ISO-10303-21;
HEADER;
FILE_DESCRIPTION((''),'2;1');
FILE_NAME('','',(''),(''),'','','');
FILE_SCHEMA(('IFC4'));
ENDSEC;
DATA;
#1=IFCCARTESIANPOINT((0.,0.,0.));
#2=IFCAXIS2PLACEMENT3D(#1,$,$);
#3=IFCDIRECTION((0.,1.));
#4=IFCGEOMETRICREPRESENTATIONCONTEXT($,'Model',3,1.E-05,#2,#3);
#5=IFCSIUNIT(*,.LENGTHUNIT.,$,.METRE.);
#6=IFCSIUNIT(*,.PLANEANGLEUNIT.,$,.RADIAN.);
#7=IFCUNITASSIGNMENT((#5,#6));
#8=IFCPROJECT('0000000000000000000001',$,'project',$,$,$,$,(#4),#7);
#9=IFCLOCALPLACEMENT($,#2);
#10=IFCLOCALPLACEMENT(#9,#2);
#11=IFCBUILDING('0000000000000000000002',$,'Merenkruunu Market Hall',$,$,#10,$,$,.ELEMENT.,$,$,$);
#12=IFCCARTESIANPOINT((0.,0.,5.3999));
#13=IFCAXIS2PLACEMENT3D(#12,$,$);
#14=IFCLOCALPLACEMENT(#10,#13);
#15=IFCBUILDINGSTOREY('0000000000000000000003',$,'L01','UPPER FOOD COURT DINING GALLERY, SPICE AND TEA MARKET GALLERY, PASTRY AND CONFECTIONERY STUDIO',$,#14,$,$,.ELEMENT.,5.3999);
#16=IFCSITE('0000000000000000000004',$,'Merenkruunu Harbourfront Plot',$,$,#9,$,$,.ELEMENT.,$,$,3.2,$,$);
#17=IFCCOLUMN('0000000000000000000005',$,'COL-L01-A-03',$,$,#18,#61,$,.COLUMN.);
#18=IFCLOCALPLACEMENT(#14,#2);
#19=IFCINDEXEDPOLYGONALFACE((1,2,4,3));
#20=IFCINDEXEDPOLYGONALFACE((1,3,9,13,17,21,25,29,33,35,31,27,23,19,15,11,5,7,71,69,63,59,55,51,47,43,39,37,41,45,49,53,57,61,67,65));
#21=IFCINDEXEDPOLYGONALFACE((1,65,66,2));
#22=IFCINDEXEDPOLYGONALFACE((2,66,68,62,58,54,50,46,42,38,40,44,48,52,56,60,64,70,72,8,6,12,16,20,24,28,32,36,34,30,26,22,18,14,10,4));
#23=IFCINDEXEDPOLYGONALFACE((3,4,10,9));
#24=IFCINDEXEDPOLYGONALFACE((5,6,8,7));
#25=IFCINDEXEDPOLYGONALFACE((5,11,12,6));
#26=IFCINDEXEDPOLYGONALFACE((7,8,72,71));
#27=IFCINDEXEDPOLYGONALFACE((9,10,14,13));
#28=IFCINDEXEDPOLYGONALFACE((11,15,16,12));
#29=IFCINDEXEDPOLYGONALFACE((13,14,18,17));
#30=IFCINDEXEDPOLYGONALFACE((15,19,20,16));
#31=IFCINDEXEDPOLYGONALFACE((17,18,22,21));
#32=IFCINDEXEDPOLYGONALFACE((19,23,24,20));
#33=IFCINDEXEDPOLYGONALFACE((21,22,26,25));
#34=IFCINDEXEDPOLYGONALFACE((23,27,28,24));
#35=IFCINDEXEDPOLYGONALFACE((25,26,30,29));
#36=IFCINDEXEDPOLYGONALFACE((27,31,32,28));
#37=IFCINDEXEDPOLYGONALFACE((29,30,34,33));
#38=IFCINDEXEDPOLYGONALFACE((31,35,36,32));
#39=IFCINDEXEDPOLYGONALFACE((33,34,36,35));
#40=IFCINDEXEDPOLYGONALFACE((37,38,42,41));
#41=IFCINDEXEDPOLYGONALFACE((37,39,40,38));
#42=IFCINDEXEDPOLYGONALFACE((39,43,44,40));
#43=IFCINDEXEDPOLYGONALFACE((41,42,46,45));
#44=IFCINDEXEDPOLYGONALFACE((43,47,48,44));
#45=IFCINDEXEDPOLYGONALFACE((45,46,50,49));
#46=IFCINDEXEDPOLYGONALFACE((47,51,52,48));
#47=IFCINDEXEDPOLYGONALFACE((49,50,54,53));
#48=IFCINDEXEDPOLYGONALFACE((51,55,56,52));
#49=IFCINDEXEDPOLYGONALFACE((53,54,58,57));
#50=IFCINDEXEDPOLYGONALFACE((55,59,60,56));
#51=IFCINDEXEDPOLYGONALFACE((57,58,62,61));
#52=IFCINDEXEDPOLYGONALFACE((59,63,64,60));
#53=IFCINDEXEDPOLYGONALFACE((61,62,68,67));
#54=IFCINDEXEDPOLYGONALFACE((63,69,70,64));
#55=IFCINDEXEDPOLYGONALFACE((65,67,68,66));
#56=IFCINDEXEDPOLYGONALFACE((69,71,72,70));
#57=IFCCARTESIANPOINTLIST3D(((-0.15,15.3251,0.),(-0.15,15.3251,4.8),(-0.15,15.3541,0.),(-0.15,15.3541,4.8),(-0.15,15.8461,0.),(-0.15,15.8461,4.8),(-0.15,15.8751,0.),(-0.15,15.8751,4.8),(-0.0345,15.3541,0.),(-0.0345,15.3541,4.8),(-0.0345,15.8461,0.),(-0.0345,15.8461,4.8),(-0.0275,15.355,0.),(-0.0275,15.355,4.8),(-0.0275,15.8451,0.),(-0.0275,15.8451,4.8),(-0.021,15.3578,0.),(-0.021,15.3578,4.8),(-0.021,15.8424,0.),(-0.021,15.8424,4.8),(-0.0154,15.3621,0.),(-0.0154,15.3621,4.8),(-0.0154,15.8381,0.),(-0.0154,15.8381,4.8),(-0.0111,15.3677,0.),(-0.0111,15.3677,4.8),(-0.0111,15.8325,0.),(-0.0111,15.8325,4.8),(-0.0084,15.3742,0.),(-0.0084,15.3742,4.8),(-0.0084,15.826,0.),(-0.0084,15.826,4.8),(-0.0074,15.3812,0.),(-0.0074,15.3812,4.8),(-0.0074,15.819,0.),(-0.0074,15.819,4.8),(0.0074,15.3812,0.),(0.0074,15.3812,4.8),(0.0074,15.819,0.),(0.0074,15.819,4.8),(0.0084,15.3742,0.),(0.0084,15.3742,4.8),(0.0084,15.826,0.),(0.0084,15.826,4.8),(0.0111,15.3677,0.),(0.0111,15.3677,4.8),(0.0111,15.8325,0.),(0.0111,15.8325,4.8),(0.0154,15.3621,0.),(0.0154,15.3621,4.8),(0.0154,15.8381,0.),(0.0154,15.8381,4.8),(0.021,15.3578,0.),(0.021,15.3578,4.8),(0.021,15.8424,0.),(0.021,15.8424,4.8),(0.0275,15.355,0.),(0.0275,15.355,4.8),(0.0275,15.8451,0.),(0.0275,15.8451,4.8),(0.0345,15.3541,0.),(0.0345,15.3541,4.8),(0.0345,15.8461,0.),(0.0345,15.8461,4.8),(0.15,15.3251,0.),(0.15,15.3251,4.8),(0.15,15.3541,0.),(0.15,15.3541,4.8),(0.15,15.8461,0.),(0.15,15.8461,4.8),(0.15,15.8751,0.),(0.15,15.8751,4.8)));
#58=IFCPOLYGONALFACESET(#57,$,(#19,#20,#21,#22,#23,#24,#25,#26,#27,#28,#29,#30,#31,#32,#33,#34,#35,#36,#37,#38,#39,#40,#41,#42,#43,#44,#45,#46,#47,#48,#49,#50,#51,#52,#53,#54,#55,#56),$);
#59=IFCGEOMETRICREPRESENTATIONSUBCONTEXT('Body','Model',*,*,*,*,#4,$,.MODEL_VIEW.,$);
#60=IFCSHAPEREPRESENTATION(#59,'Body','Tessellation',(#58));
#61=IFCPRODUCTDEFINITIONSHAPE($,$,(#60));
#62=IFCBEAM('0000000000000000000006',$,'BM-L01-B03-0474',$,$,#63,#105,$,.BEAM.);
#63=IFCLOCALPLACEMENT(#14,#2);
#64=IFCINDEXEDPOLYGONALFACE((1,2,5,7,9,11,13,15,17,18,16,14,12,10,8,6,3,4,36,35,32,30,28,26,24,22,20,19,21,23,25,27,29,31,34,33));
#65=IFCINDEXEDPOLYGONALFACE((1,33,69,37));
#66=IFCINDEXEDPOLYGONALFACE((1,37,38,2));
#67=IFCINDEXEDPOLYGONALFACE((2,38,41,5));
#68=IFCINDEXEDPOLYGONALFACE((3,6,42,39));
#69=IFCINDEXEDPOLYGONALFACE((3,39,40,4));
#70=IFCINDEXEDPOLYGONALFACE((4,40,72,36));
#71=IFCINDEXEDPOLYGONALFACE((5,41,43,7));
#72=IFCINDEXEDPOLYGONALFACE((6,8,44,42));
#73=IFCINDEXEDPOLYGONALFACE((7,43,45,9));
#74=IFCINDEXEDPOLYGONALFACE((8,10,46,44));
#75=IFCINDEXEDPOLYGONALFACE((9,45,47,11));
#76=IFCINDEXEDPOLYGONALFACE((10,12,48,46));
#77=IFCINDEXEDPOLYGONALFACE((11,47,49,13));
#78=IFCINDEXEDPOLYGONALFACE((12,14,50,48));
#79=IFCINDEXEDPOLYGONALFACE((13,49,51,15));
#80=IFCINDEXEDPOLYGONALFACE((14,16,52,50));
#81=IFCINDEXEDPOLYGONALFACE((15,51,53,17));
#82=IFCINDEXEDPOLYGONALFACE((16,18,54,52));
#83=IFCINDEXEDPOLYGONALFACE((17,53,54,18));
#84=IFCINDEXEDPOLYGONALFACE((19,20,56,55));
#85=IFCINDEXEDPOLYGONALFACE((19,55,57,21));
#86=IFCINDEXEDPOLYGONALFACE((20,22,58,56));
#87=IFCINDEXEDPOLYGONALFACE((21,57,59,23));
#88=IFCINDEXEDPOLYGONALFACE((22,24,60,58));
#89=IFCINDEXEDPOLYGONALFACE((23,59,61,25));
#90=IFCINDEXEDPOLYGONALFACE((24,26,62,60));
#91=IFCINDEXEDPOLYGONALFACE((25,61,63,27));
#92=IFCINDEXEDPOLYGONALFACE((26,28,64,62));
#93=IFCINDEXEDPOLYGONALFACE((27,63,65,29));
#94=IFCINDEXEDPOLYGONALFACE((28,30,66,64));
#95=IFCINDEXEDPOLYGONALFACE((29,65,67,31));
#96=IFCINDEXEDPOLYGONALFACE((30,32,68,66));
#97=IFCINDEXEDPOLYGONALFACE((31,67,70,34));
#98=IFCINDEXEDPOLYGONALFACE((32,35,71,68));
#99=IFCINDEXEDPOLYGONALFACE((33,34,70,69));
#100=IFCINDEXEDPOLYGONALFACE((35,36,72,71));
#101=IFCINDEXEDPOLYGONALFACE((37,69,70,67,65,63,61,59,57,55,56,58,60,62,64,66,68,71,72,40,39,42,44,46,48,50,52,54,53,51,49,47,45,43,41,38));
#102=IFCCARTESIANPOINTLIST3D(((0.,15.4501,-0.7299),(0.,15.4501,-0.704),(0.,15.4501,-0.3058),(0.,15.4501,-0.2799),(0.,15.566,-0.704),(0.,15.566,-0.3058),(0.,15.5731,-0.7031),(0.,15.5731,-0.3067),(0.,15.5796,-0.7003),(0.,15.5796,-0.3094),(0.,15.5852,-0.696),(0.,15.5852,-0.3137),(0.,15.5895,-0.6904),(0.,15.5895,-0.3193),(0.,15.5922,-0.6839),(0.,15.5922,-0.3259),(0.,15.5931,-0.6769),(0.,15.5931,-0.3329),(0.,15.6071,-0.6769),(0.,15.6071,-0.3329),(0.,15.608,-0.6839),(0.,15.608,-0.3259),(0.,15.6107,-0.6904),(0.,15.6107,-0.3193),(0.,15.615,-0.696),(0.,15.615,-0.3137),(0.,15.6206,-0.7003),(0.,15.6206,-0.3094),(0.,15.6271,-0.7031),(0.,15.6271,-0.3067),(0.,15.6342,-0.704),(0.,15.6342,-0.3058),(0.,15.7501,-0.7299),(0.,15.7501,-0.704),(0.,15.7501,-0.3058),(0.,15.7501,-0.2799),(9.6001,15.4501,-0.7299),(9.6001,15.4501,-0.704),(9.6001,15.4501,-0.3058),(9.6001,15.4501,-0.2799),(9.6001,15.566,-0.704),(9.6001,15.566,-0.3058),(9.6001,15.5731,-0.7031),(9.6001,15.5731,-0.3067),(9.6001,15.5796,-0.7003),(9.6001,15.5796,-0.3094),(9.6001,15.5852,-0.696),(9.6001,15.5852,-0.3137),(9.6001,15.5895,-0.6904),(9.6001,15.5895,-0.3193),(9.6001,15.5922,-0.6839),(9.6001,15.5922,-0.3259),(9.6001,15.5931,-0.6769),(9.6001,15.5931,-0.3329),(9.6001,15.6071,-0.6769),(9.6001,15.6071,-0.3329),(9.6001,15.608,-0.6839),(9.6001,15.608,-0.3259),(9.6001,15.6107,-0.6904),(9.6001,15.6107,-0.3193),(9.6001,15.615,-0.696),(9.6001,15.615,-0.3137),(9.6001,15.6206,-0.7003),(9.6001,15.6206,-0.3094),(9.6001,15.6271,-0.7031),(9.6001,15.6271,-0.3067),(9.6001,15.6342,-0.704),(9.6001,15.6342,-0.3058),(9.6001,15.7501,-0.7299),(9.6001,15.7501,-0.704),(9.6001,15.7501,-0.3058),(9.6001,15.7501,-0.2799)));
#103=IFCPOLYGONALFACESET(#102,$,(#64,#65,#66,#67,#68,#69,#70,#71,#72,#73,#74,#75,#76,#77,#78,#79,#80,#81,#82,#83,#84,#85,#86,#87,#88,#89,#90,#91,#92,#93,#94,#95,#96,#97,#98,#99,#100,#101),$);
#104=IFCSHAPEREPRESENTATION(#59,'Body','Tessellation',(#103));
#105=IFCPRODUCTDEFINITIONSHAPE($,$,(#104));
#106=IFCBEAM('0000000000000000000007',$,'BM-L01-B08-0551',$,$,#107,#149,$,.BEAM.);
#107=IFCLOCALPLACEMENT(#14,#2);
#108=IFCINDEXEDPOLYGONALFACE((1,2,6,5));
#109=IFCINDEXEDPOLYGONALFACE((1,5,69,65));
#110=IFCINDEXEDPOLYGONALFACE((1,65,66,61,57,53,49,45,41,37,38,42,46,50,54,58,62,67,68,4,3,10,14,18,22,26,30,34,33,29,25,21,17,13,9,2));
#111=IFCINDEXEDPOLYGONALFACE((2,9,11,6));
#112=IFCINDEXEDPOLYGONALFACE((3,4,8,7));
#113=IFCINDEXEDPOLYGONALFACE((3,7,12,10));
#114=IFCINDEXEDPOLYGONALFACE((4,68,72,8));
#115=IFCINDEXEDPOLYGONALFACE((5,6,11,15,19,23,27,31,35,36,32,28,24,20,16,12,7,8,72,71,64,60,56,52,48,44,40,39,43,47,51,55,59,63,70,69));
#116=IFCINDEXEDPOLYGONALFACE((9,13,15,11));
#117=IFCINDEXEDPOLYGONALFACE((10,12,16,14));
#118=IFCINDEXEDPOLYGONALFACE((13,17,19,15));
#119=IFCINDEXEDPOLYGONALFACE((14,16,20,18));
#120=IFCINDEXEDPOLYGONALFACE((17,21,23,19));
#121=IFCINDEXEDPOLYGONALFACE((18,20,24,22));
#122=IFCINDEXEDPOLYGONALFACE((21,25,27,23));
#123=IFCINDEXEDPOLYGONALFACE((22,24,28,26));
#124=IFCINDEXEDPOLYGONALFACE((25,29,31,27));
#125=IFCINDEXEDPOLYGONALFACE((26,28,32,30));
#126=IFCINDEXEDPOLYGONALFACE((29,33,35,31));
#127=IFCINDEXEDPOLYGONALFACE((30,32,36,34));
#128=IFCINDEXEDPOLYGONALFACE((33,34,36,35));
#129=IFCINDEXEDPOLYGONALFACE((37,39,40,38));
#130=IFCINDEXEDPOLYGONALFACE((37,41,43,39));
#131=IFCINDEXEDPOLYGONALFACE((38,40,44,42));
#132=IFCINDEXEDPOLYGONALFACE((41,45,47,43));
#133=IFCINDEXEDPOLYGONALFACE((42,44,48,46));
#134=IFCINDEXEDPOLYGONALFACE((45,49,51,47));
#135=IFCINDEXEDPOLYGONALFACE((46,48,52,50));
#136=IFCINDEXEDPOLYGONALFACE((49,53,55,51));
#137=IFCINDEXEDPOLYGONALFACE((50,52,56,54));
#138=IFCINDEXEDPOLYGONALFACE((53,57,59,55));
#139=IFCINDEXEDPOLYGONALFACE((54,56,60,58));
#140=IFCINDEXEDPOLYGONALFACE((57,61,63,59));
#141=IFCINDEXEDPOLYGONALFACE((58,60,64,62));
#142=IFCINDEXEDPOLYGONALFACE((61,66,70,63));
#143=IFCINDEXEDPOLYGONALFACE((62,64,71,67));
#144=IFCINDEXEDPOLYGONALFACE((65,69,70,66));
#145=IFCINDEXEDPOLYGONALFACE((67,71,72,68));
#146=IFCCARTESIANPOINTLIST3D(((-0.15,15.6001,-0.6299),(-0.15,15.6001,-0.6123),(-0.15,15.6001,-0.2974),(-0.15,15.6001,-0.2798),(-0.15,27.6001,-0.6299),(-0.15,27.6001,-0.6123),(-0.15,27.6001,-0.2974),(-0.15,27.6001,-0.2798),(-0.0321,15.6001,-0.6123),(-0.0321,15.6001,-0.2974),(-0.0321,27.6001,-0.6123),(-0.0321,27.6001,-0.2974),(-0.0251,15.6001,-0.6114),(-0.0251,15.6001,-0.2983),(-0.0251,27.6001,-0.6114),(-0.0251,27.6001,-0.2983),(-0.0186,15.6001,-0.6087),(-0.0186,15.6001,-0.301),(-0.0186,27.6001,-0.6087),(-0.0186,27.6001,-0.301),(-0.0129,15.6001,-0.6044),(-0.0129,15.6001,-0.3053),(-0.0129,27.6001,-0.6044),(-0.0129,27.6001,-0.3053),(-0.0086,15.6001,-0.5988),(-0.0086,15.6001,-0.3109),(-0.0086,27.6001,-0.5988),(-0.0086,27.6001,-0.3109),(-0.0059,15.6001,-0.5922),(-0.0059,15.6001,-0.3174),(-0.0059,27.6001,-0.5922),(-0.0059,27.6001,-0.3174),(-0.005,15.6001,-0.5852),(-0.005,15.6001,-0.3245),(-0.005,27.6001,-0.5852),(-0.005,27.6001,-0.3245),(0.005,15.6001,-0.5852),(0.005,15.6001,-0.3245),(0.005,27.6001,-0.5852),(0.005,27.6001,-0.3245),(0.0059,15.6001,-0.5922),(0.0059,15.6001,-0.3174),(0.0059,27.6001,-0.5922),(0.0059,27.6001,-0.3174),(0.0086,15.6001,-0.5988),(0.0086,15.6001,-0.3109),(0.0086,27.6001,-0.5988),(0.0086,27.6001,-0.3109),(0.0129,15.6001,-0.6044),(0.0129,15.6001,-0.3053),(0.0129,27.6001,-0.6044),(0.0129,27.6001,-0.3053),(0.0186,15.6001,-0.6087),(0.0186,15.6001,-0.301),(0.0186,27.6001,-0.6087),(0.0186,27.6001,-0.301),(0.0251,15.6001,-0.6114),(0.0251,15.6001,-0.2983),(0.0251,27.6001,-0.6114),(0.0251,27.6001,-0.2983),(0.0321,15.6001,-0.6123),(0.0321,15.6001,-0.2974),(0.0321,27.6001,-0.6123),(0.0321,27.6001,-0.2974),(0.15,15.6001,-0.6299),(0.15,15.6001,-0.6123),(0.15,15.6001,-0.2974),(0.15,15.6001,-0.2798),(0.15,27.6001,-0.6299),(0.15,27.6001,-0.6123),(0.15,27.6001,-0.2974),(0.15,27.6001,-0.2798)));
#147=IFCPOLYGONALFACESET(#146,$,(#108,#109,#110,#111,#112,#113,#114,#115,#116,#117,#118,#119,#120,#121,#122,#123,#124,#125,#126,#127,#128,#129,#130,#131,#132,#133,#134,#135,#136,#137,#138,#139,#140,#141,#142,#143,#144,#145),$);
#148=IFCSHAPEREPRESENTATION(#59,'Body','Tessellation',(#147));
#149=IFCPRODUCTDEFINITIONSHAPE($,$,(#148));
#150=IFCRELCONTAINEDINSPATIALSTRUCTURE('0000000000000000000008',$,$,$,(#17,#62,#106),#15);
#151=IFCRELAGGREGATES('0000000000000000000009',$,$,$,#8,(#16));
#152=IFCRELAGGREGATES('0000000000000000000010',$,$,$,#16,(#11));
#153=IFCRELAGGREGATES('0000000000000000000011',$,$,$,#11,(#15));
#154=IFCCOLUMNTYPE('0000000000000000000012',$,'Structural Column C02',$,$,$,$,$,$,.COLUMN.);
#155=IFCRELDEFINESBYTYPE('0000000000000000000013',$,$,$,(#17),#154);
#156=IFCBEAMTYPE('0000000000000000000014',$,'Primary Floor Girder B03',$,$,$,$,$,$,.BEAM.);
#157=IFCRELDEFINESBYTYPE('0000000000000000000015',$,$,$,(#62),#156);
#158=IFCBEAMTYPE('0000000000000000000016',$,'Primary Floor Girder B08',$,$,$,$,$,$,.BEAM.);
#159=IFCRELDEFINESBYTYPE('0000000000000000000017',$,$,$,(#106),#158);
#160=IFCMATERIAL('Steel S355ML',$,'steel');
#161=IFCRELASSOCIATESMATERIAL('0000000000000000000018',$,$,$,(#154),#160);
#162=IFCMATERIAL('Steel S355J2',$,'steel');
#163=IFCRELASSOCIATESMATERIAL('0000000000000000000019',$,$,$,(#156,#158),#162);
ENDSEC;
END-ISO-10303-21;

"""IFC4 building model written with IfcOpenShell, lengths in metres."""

from ifc_helpers import new_model, si_unit, direction, frame, origin, origin_2d, place, context, subcontext, project, spatial, i_section, extrude, material, material_profile, profile_set, type_object, element, save


model = new_model("IFC4")

# Units and contexts
model_context = context("Model", 3, precision=1e-05, world=origin(), true_north=direction((0.0, 1.0)))
body_context = subcontext(model_context, "Body", "Model", "MODEL_VIEW")
ifc_project = project(units=[si_unit("LENGTHUNIT", "METRE"), si_unit("PLANEANGLEUNIT", "RADIAN")], contexts=[model_context])

# Site, building, storey
site_placement = place(None, origin())
site = spatial("IfcSite", under=ifc_project, at=site_placement, Name="Merenkruunu Harbourfront Plot", CompositionType="ELEMENT", RefElevation=3.2)
building_placement = place(site_placement, origin())
building = spatial("IfcBuilding", under=site, at=building_placement, Name="Merenkruunu Market Hall", CompositionType="ELEMENT")
storey_placement = place(building_placement, frame((0.0, 0.0, 5.3999)))
storey = spatial("IfcBuildingStorey", under=building, at=storey_placement, Name="L01", Description="UPPER FOOD COURT DINING GALLERY, SPICE AND TEA MARKET GALLERY, PASTRY AND CONFECTIONERY STUDIO", CompositionType="ELEMENT", Elevation=5.3999)

# Column
ifc_material_1 = material(Name="Steel S355ML", Category="steel")
ifc_material_profile_1 = material_profile(ifc_material_1, i_section(OverallWidth=0.3, OverallDepth=0.55, WebThickness=0.0149, FlangeThickness=0.0291, FilletRadius=0.0271, at=origin_2d()), Name="HEB 550")
ifc_profile_set_1 = profile_set([ifc_material_profile_1], Name="Steel S355ML")
column_type = type_object("IfcColumnType", Name="Structural Column C02", PredefinedType="COLUMN", material=ifc_profile_set_1)
column_placement = place(storey_placement, frame((0.0, 15.6001, 0.0), z_axis=(0.0, 0.0, 1.0), x_axis=(1.0, 0.0, 0.0)))
element("IfcColumn", 1, at=column_placement, inside=storey, type_object=column_type, Name="COL-L01-A-03", PredefinedType="COLUMN", context=body_context, shape_type="SweptSolid", body=[
    extrude(i_section(OverallWidth=0.3, OverallDepth=0.55, WebThickness=0.0149, FlangeThickness=0.0291, FilletRadius=0.0271, at=origin_2d()), origin(), (0.0, 0.0, 1.0), 4.8),
])

# Beams
ifc_material_2 = material(Name="Steel S355J2", Category="steel")
ifc_material_profile_2 = material_profile(ifc_material_2, i_section(OverallWidth=0.3, OverallDepth=0.45, WebThickness=0.0139, FlangeThickness=0.0259, FilletRadius=0.0271, at=origin_2d()), Name="HEB 450")
ifc_profile_set_2 = profile_set([ifc_material_profile_2], Name="Steel S355J2")
beam_type_1 = type_object("IfcBeamType", Name="Primary Floor Girder B03", PredefinedType="BEAM", material=ifc_profile_set_2)
beam_1_placement = place(storey_placement, frame((0.0, 15.6001, -0.5049), z_axis=(1.0, 0.0, 0.0), x_axis=(0.0, 1.0, 0.0)))
element("IfcBeam", 2, at=beam_1_placement, inside=storey, type_object=beam_type_1, Name="BM-L01-B03-0474", PredefinedType="BEAM", context=body_context, shape_type="SweptSolid", body=[
    extrude(i_section(OverallWidth=0.3, OverallDepth=0.45, WebThickness=0.0139, FlangeThickness=0.0259, FilletRadius=0.0271, at=origin_2d()), origin(), (0.0, 0.0, 1.0), 9.6001),
])
ifc_material_profile_3 = material_profile(ifc_material_2, i_section(OverallWidth=0.3, OverallDepth=0.3501, WebThickness=0.01, FlangeThickness=0.0176, FilletRadius=0.0271, at=origin_2d()), Name="HEA 360")
ifc_profile_set_3 = profile_set([ifc_material_profile_3], Name="Steel S355J2")
beam_type_2 = type_object("IfcBeamType", Name="Primary Floor Girder B08", PredefinedType="BEAM", material=ifc_profile_set_3)
beam_2_placement = place(storey_placement, frame((0.0, 15.6001, -0.4548), z_axis=(0.0, 1.0, 0.0), x_axis=(-1.0, 0.0, 0.0)))
element("IfcBeam", 3, at=beam_2_placement, inside=storey, type_object=beam_type_2, Name="BM-L01-B08-0551", PredefinedType="BEAM", context=body_context, shape_type="SweptSolid", body=[
    extrude(i_section(OverallWidth=0.3, OverallDepth=0.3501, WebThickness=0.01, FlangeThickness=0.0176, FilletRadius=0.0271, at=origin_2d()), origin(), (0.0, 0.0, 1.0), 12.0),
])

save(model, "model.ifc")
